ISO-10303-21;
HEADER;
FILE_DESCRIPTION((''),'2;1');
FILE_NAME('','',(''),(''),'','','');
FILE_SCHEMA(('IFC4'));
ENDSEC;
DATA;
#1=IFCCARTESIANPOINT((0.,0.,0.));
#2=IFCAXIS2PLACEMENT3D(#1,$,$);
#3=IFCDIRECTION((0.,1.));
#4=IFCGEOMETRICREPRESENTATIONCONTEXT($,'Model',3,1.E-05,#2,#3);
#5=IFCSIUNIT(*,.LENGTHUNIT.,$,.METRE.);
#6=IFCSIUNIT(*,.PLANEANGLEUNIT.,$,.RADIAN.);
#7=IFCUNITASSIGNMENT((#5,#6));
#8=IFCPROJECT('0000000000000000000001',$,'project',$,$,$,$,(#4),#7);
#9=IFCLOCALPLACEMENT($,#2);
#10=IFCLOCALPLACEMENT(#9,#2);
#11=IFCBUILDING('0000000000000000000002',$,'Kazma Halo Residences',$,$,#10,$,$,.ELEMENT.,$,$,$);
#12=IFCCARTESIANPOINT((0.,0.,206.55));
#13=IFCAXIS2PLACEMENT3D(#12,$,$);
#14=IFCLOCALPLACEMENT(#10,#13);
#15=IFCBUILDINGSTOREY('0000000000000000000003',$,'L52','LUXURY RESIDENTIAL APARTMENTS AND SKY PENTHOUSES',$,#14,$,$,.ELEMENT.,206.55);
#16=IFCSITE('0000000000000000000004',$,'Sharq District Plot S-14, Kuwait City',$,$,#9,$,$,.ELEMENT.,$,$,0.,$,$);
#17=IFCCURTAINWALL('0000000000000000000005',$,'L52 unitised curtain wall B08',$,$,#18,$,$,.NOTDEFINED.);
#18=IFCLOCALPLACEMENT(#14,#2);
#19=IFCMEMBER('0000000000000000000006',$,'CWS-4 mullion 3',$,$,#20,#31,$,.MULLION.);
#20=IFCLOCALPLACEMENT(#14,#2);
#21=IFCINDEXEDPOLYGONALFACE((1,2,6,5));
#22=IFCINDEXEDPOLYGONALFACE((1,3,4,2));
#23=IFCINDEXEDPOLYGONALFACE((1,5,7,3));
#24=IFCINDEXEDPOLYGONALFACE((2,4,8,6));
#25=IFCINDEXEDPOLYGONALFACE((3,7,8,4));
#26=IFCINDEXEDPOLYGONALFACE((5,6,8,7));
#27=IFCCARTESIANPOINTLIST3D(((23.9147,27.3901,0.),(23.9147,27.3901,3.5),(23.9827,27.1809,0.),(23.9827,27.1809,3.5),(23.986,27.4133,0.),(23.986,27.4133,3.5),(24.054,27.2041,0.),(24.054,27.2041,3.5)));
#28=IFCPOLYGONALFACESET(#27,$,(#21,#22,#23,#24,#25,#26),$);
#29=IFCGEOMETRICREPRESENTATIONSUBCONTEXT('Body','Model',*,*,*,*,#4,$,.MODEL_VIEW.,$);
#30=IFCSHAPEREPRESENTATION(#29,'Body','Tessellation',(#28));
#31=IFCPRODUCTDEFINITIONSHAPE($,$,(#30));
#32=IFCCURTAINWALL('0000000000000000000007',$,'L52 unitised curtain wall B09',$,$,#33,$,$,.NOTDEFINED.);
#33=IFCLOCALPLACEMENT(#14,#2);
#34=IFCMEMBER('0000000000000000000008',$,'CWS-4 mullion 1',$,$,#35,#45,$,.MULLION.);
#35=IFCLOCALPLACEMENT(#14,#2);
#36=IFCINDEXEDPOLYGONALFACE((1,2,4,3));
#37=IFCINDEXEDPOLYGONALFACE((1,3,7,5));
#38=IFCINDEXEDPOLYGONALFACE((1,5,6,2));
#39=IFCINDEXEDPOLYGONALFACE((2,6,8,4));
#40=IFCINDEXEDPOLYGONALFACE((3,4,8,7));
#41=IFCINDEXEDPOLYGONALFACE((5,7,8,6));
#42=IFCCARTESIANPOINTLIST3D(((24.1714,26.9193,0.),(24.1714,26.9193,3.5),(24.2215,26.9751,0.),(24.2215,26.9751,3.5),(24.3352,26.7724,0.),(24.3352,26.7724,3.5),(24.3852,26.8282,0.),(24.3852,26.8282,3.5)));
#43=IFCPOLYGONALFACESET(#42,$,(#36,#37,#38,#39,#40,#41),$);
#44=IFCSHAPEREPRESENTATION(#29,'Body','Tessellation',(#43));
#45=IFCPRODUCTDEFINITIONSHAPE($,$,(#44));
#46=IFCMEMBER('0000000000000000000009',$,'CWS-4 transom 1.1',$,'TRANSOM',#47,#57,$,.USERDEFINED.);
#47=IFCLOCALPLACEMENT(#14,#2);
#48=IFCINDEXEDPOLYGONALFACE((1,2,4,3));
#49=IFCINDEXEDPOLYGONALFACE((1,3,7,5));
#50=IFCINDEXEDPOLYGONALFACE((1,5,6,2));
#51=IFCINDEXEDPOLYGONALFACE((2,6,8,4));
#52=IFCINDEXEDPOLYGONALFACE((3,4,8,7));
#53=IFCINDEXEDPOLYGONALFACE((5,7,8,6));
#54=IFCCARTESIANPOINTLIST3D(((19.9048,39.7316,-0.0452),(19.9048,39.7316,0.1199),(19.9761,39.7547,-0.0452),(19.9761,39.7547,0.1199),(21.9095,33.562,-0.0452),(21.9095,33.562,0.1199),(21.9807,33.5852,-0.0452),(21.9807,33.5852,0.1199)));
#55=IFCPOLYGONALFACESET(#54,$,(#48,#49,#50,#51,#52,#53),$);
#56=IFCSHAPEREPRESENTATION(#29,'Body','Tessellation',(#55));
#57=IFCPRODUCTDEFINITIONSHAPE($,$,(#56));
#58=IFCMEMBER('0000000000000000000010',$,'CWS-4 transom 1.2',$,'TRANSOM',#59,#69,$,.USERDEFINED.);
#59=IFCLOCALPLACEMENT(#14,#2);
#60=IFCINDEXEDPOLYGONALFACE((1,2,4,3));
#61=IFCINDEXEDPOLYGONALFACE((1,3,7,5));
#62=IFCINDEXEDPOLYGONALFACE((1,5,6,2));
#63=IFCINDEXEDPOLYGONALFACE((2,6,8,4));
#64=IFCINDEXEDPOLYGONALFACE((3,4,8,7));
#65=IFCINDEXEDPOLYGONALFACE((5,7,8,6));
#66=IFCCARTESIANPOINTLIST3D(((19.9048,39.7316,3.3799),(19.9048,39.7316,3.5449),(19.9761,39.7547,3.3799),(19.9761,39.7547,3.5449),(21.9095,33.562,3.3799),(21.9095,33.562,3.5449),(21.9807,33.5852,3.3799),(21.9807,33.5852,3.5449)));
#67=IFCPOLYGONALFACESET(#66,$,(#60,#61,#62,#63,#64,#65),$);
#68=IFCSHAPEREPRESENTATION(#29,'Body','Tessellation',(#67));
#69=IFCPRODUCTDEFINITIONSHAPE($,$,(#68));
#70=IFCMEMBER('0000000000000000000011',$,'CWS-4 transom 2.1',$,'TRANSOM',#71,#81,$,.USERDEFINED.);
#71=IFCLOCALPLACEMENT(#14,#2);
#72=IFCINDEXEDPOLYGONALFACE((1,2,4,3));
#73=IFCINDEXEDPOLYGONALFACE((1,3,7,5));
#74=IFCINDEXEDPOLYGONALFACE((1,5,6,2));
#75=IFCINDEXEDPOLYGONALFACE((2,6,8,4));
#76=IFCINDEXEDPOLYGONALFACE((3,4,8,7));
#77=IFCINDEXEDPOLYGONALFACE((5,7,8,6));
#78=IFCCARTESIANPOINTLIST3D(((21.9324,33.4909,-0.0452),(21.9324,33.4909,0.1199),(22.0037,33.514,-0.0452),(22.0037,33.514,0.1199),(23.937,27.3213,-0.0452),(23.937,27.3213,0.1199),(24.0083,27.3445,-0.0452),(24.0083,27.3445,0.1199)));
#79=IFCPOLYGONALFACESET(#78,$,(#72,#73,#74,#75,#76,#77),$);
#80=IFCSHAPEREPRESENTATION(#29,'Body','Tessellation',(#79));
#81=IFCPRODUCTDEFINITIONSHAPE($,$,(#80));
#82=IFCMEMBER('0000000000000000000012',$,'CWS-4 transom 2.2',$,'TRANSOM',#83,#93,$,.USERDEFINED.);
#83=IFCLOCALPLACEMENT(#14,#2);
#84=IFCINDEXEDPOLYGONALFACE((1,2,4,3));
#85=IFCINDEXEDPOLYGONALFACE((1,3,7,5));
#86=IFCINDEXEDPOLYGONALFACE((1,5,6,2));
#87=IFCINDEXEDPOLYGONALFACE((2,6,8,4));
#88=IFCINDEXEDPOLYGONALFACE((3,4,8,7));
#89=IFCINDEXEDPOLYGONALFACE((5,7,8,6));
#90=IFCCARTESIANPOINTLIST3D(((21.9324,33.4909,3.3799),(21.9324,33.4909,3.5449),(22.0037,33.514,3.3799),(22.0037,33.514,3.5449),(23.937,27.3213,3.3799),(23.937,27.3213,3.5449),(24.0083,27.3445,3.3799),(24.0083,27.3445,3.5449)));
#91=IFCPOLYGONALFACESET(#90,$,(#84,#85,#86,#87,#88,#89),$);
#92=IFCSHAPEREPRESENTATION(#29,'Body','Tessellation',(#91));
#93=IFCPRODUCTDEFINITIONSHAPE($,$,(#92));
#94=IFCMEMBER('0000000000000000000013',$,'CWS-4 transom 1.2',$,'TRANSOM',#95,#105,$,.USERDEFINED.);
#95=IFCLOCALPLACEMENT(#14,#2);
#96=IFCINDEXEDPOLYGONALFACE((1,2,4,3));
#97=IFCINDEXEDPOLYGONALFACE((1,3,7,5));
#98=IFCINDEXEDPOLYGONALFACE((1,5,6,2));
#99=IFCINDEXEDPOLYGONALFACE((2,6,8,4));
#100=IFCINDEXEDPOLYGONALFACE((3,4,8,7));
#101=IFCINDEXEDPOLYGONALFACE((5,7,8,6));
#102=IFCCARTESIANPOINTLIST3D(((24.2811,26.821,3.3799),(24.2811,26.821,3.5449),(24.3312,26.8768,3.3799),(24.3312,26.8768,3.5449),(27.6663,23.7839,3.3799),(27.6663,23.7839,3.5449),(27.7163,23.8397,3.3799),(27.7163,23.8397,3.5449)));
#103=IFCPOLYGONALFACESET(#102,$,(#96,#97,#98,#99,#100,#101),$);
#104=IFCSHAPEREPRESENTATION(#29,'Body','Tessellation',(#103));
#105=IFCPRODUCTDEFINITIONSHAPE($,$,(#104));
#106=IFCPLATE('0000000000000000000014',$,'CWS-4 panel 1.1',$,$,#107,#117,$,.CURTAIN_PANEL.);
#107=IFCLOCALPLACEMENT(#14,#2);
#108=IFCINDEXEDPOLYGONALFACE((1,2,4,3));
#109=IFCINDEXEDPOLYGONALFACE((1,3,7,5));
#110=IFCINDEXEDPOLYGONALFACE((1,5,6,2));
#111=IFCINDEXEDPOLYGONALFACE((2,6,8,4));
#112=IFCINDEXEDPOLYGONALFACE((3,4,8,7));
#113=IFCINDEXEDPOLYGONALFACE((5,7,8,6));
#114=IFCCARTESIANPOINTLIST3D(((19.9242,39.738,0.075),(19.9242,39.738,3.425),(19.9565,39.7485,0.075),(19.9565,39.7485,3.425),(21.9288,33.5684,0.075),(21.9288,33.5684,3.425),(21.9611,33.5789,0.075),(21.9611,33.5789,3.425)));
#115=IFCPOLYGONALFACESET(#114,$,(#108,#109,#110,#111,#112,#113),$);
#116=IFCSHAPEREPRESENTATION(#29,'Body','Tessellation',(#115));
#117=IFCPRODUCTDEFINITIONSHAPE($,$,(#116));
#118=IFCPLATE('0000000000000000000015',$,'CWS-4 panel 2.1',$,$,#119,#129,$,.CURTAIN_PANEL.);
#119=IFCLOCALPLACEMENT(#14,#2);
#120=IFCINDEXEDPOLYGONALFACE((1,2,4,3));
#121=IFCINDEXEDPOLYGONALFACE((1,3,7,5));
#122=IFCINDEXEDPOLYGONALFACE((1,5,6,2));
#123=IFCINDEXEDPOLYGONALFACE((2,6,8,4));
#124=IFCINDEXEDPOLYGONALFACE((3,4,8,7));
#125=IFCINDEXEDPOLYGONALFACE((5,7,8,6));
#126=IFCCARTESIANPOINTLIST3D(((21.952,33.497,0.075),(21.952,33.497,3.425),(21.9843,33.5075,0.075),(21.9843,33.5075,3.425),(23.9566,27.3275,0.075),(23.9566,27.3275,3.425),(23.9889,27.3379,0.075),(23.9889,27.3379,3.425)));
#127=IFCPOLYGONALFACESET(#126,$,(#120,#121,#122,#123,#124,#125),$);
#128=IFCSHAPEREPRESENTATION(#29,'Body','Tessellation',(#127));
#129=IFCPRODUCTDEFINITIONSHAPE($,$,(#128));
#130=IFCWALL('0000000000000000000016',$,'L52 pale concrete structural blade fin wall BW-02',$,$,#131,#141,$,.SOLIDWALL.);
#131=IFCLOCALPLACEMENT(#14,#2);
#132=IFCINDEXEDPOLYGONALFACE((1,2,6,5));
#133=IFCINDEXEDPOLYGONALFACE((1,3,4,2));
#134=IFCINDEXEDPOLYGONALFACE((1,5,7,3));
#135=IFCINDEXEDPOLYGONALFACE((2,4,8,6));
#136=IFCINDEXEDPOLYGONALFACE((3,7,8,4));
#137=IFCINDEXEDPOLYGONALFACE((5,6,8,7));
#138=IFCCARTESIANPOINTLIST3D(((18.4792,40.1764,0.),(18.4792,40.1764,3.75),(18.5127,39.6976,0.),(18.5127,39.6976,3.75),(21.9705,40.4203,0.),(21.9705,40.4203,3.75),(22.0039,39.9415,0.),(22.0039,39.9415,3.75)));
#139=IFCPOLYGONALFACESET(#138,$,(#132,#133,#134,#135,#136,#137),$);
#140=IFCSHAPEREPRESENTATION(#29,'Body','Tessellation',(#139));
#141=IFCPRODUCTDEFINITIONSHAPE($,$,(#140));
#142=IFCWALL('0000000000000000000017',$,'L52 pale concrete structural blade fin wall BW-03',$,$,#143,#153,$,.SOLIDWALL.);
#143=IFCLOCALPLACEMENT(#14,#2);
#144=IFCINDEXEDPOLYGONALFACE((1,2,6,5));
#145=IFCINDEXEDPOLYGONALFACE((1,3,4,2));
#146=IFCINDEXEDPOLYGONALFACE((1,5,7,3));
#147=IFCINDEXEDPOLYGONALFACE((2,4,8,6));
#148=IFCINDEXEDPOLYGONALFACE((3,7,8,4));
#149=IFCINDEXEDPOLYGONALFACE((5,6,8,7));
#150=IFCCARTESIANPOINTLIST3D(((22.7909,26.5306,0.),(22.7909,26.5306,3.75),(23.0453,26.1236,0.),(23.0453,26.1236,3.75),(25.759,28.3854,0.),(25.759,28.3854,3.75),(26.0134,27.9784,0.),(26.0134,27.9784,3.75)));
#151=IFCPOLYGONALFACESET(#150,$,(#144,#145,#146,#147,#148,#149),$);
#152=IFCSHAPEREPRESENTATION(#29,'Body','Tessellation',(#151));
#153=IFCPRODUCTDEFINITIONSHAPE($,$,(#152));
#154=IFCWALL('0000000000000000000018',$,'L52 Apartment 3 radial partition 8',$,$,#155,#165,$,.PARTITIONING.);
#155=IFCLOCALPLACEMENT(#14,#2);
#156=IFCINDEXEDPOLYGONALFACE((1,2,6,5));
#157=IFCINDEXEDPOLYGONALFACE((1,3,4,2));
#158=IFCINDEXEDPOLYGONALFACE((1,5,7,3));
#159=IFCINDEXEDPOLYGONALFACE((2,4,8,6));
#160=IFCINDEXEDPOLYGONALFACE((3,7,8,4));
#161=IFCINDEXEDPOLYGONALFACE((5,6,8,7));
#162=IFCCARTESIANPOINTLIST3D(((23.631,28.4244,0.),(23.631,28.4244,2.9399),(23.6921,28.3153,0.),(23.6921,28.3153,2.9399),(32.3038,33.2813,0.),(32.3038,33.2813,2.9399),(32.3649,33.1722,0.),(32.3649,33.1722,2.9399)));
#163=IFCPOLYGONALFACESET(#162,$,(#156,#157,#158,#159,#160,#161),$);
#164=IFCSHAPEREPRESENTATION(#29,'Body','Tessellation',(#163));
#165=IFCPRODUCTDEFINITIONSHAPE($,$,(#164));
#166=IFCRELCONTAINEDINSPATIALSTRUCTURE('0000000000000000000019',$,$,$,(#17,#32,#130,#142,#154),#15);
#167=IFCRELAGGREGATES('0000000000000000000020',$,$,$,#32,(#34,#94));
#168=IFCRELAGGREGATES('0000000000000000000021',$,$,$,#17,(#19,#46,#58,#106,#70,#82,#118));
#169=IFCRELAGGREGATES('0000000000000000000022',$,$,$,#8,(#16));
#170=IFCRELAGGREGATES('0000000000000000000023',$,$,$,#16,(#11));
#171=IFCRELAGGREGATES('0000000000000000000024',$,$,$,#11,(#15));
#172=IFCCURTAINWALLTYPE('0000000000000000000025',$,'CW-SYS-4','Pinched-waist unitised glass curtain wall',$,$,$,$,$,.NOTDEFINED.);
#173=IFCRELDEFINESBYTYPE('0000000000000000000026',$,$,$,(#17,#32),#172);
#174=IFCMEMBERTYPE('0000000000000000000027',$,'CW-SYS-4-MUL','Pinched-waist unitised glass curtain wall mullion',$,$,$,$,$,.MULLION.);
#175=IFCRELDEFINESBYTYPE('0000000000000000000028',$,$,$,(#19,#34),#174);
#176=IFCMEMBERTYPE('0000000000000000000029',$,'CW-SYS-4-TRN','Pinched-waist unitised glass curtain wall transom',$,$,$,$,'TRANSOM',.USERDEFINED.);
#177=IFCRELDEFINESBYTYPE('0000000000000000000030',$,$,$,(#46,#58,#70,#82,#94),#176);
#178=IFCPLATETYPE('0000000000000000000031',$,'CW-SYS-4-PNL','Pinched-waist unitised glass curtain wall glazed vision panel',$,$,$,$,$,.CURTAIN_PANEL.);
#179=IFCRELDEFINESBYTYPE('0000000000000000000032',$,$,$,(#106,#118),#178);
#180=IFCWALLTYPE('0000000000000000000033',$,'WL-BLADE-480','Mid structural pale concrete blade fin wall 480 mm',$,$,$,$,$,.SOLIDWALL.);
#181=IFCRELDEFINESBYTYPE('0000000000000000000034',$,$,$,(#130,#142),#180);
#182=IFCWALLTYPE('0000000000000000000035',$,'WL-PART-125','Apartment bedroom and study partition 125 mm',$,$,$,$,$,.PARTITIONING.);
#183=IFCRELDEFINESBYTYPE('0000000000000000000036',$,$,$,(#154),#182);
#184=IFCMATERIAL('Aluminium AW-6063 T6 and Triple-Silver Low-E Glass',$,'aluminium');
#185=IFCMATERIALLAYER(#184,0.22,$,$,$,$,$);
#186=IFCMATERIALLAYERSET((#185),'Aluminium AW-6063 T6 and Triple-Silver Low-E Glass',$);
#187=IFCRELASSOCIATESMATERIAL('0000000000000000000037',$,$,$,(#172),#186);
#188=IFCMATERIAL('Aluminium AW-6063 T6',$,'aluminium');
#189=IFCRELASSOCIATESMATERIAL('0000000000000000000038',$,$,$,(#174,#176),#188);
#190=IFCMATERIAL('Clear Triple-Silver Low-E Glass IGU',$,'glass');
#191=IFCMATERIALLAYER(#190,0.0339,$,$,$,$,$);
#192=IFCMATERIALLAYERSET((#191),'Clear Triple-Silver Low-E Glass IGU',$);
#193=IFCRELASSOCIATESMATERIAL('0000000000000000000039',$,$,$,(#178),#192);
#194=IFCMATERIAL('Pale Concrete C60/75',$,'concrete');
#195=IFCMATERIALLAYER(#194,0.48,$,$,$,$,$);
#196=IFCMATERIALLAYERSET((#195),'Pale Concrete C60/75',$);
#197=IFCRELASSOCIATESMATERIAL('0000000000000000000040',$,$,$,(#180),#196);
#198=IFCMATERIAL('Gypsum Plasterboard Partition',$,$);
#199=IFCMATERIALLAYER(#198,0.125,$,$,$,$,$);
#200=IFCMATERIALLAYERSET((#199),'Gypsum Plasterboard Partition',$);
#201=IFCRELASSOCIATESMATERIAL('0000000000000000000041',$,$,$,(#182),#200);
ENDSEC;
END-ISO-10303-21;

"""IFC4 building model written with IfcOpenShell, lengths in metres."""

from ifc_helpers import new_model, si_unit, direction, frame, frame_2d, origin, origin_2d, place, context, subcontext, project, spatial, rectangle, extrude, material, layer, layer_set, material_profile, profile_set, type_object, element, aggregate, save


model = new_model("IFC4")

# Units and contexts
model_context = context("Model", 3, precision=1e-05, world=origin(), true_north=direction((0.0, 1.0)))
body_context = subcontext(model_context, "Body", "Model", "MODEL_VIEW")
ifc_project = project(units=[si_unit("LENGTHUNIT", "METRE"), si_unit("PLANEANGLEUNIT", "RADIAN")], contexts=[model_context])

# Site, building, storey
site_placement = place(None, origin())
site = spatial("IfcSite", under=ifc_project, at=site_placement, Name="Sharq District Plot S-14, Kuwait City", CompositionType="ELEMENT", RefElevation=0.0)
building_placement = place(site_placement, origin())
building = spatial("IfcBuilding", under=site, at=building_placement, Name="Kazma Halo Residences", CompositionType="ELEMENT")
storey_placement = place(building_placement, frame((0.0, 0.0, 206.55)))
storey = spatial("IfcBuildingStorey", under=building, at=storey_placement, Name="L52", Description="LUXURY RESIDENTIAL APARTMENTS AND SKY PENTHOUSES", CompositionType="ELEMENT", Elevation=206.55)

# Shared definitions
ifc_material_1 = material(Name="Aluminium AW-6063 T6 and Triple-Silver Low-E Glass", Category="aluminium")
ifc_layer_1 = layer(ifc_material_1, 0.22)
ifc_layer_set_1 = layer_set([ifc_layer_1], Name="Aluminium AW-6063 T6 and Triple-Silver Low-E Glass")
curtain_wall_type = type_object("IfcCurtainWallType", Name="CW-SYS-4", Description="Pinched-waist unitised glass curtain wall", PredefinedType="NOTDEFINED", material=ifc_layer_set_1)
ifc_material_2 = material(Name="Aluminium AW-6063 T6", Category="aluminium")
ifc_material_profile_1 = material_profile(ifc_material_2, rectangle(XDim=0.075, YDim=0.22, at=origin_2d()), Name="CWM-75x220")
ifc_profile_set_1 = profile_set([ifc_material_profile_1], Name="Aluminium AW-6063 T6")
member_type_1 = type_object("IfcMemberType", Name="CW-SYS-4-MUL", Description="Pinched-waist unitised glass curtain wall mullion", PredefinedType="MULLION", material=ifc_profile_set_1)

# Curtain wall, member
curtain_wall_1_placement = place(storey_placement, origin())
curtain_wall_1 = element("IfcCurtainWall", 1, at=curtain_wall_1_placement, inside=storey, type_object=curtain_wall_type, Name="L52 unitised curtain wall B08", PredefinedType="NOTDEFINED")
member_1_placement = place(storey_placement, frame((23.9844, 27.2971, 0.0), z_axis=(0.0, 0.0, 1.0), x_axis=(0.951057, 0.309016, 0.0)))
member_1 = element("IfcMember", 2, at=member_1_placement, type_object=member_type_1, Name="CWS-4 mullion 3", PredefinedType="MULLION", context=body_context, shape_type="SweptSolid", body=[
    extrude(rectangle(XDim=0.075, YDim=0.22, at=origin_2d()), origin(), (0.0, 0.0, 1.0), 3.5),
])

# Curtain wall, member
curtain_wall_2_placement = place(storey_placement, origin())
curtain_wall_2 = element("IfcCurtainWall", 3, at=curtain_wall_2_placement, inside=storey, type_object=curtain_wall_type, Name="L52 unitised curtain wall B09", PredefinedType="NOTDEFINED")
member_2_placement = place(storey_placement, frame((24.2783, 26.8738, 0.0), z_axis=(0.0, 0.0, 1.0), x_axis=(0.667784, 0.744355, 0.0)))
member_2 = element("IfcMember", 4, at=member_2_placement, type_object=member_type_1, Name="CWS-4 mullion 1", PredefinedType="MULLION", context=body_context, shape_type="SweptSolid", body=[
    extrude(rectangle(XDim=0.075, YDim=0.22, at=origin_2d()), origin(), (0.0, 0.0, 1.0), 3.5),
])

# Members
ifc_material_profile_2 = material_profile(ifc_material_2, rectangle(XDim=0.075, YDim=0.165, at=origin_2d()), Name="CWT-75x165")
ifc_profile_set_2 = profile_set([ifc_material_profile_2], Name="Aluminium AW-6063 T6")
member_type_2 = type_object("IfcMemberType", Name="CW-SYS-4-TRN", Description="Pinched-waist unitised glass curtain wall transom", ElementType="TRANSOM", PredefinedType="USERDEFINED", material=ifc_profile_set_2)
member_3_placement = place(storey_placement, frame((19.9404, 39.7432, 0.0374), z_axis=(0.309027, -0.951053, 0.0), x_axis=(0.951053, 0.309027, 0.0)))
member_3 = element("IfcMember", 5, at=member_3_placement, type_object=member_type_2, Name="CWS-4 transom 1.1", ObjectType="TRANSOM", PredefinedType="USERDEFINED", context=body_context, shape_type="SweptSolid", body=[
    extrude(rectangle(XDim=0.075, YDim=0.165, at=origin_2d()), origin(), (0.0, 0.0, 1.0), 6.4871),
])
member_4_placement = place(storey_placement, frame((19.9404, 39.7432, 3.4624), z_axis=(0.309027, -0.951053, 0.0), x_axis=(0.951053, 0.309027, 0.0)))
member_4 = element("IfcMember", 6, at=member_4_placement, type_object=member_type_2, Name="CWS-4 transom 1.2", ObjectType="TRANSOM", PredefinedType="USERDEFINED", context=body_context, shape_type="SweptSolid", body=[
    extrude(rectangle(XDim=0.075, YDim=0.165, at=origin_2d()), origin(), (0.0, 0.0, 1.0), 6.4871),
])
member_5_placement = place(storey_placement, frame((21.968, 33.5024, 0.0374), z_axis=(0.309015, -0.951057, 0.0), x_axis=(0.951057, 0.309015, 0.0)))
member_5 = element("IfcMember", 7, at=member_5_placement, type_object=member_type_2, Name="CWS-4 transom 2.1", ObjectType="TRANSOM", PredefinedType="USERDEFINED", context=body_context, shape_type="SweptSolid", body=[
    extrude(rectangle(XDim=0.075, YDim=0.165, at=origin_2d()), origin(), (0.0, 0.0, 1.0), 6.4871),
])
member_6_placement = place(storey_placement, frame((21.968, 33.5024, 3.4624), z_axis=(0.309015, -0.951057, 0.0), x_axis=(0.951057, 0.309015, 0.0)))
member_6 = element("IfcMember", 8, at=member_6_placement, type_object=member_type_2, Name="CWS-4 transom 2.2", ObjectType="TRANSOM", PredefinedType="USERDEFINED", context=body_context, shape_type="SweptSolid", body=[
    extrude(rectangle(XDim=0.075, YDim=0.165, at=origin_2d()), origin(), (0.0, 0.0, 1.0), 6.4871),
])
member_7_placement = place(storey_placement, frame((24.3062, 26.8489, 3.4624), z_axis=(0.744345, -0.667795, 0.0), x_axis=(0.667795, 0.744345, 0.0)))
member_7 = element("IfcMember", 9, at=member_7_placement, type_object=member_type_2, Name="CWS-4 transom 1.2", ObjectType="TRANSOM", PredefinedType="USERDEFINED", context=body_context, shape_type="SweptSolid", body=[
    extrude(rectangle(XDim=0.075, YDim=0.165, at=origin_2d()), origin(), (0.0, 0.0, 1.0), 4.5479),
])
aggregate(curtain_wall_2, [member_2, member_7])

# Plates
ifc_material_3 = material(Name="Clear Triple-Silver Low-E Glass IGU", Category="glass")
ifc_layer_2 = layer(ifc_material_3, 0.0339)
ifc_layer_set_2 = layer_set([ifc_layer_2], Name="Clear Triple-Silver Low-E Glass IGU")
plate_type = type_object("IfcPlateType", Name="CW-SYS-4-PNL", Description="Pinched-waist unitised glass curtain wall glazed vision panel", PredefinedType="CURTAIN_PANEL", material=ifc_layer_set_2)
plate_1_placement = place(storey_placement, frame((20.9426, 36.6584, 0.075), z_axis=(0.0, 0.0, 1.0), x_axis=(0.309016, -0.951057, 0.0)))
plate_1 = element("IfcPlate", 10, at=plate_1_placement, type_object=plate_type, Name="CWS-4 panel 1.1", PredefinedType="CURTAIN_PANEL", context=body_context, shape_type="SweptSolid", body=[
    extrude(rectangle(XDim=6.4871, YDim=0.0339, at=origin_2d()), origin(), (0.0, 0.0, 1.0), 3.3501),
])
plate_2_placement = place(storey_placement, frame((22.9705, 30.4175, 0.075), z_axis=(0.0, 0.0, 1.0), x_axis=(0.309016, -0.951057, 0.0)))
plate_2 = element("IfcPlate", 11, at=plate_2_placement, type_object=plate_type, Name="CWS-4 panel 2.1", PredefinedType="CURTAIN_PANEL", context=body_context, shape_type="SweptSolid", body=[
    extrude(rectangle(XDim=6.4871, YDim=0.0339, at=origin_2d()), origin(), (0.0, 0.0, 1.0), 3.3501),
])
aggregate(curtain_wall_1, [member_1, member_3, member_4, plate_1, member_5, member_6, plate_2])

# Walls
ifc_material_4 = material(Name="Pale Concrete C60/75", Category="concrete")
ifc_layer_3 = layer(ifc_material_4, 0.48)
ifc_layer_set_3 = layer_set([ifc_layer_3], Name="Pale Concrete C60/75")
wall_type_1 = type_object("IfcWallType", Name="WL-BLADE-480", Description="Mid structural pale concrete blade fin wall 480 mm", PredefinedType="SOLIDWALL", material=ifc_layer_set_3)
wall_1_placement = place(storey_placement, frame((21.9873, 40.1809, 0.0), z_axis=(0.0, 0.0, 1.0), x_axis=(-0.997569, -0.06969, 0.0)))
element("IfcWall", 12, at=wall_1_placement, inside=storey, type_object=wall_type_1, Name="L52 pale concrete structural blade fin wall BW-02", PredefinedType="SOLIDWALL", context=body_context, shape_type="SweptSolid", body=[
    extrude(rectangle(XDim=3.4998, YDim=0.48, at=frame_2d((1.75, 0.0))), origin(), (0.0, 0.0, 1.0), 3.75),
])
wall_2_placement = place(storey_placement, frame((25.8862, 28.1819, 0.0), z_axis=(0.0, 0.0, 1.0), x_axis=(-0.848034, -0.529943, 0.0)))
element("IfcWall", 13, at=wall_2_placement, inside=storey, type_object=wall_type_1, Name="L52 pale concrete structural blade fin wall BW-03", PredefinedType="SOLIDWALL", context=body_context, shape_type="SweptSolid", body=[
    extrude(rectangle(XDim=3.5, YDim=0.48, at=frame_2d((1.75, 0.0))), origin(), (0.0, 0.0, 1.0), 3.75),
])
ifc_material_5 = material(Name="Gypsum Plasterboard Partition")
ifc_layer_4 = layer(ifc_material_5, 0.125)
ifc_layer_set_4 = layer_set([ifc_layer_4], Name="Gypsum Plasterboard Partition")
wall_type_2 = type_object("IfcWallType", Name="WL-PART-125", Description="Apartment bedroom and study partition 125 mm", PredefinedType="PARTITIONING", material=ifc_layer_set_4)
wall_3_placement = place(storey_placement, frame((32.3345, 33.2268, 0.0), z_axis=(0.0, 0.0, 1.0), x_axis=(-0.8725, -0.488614, 0.0)))
element("IfcWall", 14, at=wall_3_placement, inside=storey, type_object=wall_type_2, Name="L52 Apartment 3 radial partition 8", PredefinedType="PARTITIONING", context=body_context, shape_type="SweptSolid", body=[
    extrude(rectangle(XDim=9.9402, YDim=0.125, at=frame_2d((4.9702, 0.0))), origin(), (0.0, 0.0, 1.0), 2.9399),
])

save(model, "model.ifc")
